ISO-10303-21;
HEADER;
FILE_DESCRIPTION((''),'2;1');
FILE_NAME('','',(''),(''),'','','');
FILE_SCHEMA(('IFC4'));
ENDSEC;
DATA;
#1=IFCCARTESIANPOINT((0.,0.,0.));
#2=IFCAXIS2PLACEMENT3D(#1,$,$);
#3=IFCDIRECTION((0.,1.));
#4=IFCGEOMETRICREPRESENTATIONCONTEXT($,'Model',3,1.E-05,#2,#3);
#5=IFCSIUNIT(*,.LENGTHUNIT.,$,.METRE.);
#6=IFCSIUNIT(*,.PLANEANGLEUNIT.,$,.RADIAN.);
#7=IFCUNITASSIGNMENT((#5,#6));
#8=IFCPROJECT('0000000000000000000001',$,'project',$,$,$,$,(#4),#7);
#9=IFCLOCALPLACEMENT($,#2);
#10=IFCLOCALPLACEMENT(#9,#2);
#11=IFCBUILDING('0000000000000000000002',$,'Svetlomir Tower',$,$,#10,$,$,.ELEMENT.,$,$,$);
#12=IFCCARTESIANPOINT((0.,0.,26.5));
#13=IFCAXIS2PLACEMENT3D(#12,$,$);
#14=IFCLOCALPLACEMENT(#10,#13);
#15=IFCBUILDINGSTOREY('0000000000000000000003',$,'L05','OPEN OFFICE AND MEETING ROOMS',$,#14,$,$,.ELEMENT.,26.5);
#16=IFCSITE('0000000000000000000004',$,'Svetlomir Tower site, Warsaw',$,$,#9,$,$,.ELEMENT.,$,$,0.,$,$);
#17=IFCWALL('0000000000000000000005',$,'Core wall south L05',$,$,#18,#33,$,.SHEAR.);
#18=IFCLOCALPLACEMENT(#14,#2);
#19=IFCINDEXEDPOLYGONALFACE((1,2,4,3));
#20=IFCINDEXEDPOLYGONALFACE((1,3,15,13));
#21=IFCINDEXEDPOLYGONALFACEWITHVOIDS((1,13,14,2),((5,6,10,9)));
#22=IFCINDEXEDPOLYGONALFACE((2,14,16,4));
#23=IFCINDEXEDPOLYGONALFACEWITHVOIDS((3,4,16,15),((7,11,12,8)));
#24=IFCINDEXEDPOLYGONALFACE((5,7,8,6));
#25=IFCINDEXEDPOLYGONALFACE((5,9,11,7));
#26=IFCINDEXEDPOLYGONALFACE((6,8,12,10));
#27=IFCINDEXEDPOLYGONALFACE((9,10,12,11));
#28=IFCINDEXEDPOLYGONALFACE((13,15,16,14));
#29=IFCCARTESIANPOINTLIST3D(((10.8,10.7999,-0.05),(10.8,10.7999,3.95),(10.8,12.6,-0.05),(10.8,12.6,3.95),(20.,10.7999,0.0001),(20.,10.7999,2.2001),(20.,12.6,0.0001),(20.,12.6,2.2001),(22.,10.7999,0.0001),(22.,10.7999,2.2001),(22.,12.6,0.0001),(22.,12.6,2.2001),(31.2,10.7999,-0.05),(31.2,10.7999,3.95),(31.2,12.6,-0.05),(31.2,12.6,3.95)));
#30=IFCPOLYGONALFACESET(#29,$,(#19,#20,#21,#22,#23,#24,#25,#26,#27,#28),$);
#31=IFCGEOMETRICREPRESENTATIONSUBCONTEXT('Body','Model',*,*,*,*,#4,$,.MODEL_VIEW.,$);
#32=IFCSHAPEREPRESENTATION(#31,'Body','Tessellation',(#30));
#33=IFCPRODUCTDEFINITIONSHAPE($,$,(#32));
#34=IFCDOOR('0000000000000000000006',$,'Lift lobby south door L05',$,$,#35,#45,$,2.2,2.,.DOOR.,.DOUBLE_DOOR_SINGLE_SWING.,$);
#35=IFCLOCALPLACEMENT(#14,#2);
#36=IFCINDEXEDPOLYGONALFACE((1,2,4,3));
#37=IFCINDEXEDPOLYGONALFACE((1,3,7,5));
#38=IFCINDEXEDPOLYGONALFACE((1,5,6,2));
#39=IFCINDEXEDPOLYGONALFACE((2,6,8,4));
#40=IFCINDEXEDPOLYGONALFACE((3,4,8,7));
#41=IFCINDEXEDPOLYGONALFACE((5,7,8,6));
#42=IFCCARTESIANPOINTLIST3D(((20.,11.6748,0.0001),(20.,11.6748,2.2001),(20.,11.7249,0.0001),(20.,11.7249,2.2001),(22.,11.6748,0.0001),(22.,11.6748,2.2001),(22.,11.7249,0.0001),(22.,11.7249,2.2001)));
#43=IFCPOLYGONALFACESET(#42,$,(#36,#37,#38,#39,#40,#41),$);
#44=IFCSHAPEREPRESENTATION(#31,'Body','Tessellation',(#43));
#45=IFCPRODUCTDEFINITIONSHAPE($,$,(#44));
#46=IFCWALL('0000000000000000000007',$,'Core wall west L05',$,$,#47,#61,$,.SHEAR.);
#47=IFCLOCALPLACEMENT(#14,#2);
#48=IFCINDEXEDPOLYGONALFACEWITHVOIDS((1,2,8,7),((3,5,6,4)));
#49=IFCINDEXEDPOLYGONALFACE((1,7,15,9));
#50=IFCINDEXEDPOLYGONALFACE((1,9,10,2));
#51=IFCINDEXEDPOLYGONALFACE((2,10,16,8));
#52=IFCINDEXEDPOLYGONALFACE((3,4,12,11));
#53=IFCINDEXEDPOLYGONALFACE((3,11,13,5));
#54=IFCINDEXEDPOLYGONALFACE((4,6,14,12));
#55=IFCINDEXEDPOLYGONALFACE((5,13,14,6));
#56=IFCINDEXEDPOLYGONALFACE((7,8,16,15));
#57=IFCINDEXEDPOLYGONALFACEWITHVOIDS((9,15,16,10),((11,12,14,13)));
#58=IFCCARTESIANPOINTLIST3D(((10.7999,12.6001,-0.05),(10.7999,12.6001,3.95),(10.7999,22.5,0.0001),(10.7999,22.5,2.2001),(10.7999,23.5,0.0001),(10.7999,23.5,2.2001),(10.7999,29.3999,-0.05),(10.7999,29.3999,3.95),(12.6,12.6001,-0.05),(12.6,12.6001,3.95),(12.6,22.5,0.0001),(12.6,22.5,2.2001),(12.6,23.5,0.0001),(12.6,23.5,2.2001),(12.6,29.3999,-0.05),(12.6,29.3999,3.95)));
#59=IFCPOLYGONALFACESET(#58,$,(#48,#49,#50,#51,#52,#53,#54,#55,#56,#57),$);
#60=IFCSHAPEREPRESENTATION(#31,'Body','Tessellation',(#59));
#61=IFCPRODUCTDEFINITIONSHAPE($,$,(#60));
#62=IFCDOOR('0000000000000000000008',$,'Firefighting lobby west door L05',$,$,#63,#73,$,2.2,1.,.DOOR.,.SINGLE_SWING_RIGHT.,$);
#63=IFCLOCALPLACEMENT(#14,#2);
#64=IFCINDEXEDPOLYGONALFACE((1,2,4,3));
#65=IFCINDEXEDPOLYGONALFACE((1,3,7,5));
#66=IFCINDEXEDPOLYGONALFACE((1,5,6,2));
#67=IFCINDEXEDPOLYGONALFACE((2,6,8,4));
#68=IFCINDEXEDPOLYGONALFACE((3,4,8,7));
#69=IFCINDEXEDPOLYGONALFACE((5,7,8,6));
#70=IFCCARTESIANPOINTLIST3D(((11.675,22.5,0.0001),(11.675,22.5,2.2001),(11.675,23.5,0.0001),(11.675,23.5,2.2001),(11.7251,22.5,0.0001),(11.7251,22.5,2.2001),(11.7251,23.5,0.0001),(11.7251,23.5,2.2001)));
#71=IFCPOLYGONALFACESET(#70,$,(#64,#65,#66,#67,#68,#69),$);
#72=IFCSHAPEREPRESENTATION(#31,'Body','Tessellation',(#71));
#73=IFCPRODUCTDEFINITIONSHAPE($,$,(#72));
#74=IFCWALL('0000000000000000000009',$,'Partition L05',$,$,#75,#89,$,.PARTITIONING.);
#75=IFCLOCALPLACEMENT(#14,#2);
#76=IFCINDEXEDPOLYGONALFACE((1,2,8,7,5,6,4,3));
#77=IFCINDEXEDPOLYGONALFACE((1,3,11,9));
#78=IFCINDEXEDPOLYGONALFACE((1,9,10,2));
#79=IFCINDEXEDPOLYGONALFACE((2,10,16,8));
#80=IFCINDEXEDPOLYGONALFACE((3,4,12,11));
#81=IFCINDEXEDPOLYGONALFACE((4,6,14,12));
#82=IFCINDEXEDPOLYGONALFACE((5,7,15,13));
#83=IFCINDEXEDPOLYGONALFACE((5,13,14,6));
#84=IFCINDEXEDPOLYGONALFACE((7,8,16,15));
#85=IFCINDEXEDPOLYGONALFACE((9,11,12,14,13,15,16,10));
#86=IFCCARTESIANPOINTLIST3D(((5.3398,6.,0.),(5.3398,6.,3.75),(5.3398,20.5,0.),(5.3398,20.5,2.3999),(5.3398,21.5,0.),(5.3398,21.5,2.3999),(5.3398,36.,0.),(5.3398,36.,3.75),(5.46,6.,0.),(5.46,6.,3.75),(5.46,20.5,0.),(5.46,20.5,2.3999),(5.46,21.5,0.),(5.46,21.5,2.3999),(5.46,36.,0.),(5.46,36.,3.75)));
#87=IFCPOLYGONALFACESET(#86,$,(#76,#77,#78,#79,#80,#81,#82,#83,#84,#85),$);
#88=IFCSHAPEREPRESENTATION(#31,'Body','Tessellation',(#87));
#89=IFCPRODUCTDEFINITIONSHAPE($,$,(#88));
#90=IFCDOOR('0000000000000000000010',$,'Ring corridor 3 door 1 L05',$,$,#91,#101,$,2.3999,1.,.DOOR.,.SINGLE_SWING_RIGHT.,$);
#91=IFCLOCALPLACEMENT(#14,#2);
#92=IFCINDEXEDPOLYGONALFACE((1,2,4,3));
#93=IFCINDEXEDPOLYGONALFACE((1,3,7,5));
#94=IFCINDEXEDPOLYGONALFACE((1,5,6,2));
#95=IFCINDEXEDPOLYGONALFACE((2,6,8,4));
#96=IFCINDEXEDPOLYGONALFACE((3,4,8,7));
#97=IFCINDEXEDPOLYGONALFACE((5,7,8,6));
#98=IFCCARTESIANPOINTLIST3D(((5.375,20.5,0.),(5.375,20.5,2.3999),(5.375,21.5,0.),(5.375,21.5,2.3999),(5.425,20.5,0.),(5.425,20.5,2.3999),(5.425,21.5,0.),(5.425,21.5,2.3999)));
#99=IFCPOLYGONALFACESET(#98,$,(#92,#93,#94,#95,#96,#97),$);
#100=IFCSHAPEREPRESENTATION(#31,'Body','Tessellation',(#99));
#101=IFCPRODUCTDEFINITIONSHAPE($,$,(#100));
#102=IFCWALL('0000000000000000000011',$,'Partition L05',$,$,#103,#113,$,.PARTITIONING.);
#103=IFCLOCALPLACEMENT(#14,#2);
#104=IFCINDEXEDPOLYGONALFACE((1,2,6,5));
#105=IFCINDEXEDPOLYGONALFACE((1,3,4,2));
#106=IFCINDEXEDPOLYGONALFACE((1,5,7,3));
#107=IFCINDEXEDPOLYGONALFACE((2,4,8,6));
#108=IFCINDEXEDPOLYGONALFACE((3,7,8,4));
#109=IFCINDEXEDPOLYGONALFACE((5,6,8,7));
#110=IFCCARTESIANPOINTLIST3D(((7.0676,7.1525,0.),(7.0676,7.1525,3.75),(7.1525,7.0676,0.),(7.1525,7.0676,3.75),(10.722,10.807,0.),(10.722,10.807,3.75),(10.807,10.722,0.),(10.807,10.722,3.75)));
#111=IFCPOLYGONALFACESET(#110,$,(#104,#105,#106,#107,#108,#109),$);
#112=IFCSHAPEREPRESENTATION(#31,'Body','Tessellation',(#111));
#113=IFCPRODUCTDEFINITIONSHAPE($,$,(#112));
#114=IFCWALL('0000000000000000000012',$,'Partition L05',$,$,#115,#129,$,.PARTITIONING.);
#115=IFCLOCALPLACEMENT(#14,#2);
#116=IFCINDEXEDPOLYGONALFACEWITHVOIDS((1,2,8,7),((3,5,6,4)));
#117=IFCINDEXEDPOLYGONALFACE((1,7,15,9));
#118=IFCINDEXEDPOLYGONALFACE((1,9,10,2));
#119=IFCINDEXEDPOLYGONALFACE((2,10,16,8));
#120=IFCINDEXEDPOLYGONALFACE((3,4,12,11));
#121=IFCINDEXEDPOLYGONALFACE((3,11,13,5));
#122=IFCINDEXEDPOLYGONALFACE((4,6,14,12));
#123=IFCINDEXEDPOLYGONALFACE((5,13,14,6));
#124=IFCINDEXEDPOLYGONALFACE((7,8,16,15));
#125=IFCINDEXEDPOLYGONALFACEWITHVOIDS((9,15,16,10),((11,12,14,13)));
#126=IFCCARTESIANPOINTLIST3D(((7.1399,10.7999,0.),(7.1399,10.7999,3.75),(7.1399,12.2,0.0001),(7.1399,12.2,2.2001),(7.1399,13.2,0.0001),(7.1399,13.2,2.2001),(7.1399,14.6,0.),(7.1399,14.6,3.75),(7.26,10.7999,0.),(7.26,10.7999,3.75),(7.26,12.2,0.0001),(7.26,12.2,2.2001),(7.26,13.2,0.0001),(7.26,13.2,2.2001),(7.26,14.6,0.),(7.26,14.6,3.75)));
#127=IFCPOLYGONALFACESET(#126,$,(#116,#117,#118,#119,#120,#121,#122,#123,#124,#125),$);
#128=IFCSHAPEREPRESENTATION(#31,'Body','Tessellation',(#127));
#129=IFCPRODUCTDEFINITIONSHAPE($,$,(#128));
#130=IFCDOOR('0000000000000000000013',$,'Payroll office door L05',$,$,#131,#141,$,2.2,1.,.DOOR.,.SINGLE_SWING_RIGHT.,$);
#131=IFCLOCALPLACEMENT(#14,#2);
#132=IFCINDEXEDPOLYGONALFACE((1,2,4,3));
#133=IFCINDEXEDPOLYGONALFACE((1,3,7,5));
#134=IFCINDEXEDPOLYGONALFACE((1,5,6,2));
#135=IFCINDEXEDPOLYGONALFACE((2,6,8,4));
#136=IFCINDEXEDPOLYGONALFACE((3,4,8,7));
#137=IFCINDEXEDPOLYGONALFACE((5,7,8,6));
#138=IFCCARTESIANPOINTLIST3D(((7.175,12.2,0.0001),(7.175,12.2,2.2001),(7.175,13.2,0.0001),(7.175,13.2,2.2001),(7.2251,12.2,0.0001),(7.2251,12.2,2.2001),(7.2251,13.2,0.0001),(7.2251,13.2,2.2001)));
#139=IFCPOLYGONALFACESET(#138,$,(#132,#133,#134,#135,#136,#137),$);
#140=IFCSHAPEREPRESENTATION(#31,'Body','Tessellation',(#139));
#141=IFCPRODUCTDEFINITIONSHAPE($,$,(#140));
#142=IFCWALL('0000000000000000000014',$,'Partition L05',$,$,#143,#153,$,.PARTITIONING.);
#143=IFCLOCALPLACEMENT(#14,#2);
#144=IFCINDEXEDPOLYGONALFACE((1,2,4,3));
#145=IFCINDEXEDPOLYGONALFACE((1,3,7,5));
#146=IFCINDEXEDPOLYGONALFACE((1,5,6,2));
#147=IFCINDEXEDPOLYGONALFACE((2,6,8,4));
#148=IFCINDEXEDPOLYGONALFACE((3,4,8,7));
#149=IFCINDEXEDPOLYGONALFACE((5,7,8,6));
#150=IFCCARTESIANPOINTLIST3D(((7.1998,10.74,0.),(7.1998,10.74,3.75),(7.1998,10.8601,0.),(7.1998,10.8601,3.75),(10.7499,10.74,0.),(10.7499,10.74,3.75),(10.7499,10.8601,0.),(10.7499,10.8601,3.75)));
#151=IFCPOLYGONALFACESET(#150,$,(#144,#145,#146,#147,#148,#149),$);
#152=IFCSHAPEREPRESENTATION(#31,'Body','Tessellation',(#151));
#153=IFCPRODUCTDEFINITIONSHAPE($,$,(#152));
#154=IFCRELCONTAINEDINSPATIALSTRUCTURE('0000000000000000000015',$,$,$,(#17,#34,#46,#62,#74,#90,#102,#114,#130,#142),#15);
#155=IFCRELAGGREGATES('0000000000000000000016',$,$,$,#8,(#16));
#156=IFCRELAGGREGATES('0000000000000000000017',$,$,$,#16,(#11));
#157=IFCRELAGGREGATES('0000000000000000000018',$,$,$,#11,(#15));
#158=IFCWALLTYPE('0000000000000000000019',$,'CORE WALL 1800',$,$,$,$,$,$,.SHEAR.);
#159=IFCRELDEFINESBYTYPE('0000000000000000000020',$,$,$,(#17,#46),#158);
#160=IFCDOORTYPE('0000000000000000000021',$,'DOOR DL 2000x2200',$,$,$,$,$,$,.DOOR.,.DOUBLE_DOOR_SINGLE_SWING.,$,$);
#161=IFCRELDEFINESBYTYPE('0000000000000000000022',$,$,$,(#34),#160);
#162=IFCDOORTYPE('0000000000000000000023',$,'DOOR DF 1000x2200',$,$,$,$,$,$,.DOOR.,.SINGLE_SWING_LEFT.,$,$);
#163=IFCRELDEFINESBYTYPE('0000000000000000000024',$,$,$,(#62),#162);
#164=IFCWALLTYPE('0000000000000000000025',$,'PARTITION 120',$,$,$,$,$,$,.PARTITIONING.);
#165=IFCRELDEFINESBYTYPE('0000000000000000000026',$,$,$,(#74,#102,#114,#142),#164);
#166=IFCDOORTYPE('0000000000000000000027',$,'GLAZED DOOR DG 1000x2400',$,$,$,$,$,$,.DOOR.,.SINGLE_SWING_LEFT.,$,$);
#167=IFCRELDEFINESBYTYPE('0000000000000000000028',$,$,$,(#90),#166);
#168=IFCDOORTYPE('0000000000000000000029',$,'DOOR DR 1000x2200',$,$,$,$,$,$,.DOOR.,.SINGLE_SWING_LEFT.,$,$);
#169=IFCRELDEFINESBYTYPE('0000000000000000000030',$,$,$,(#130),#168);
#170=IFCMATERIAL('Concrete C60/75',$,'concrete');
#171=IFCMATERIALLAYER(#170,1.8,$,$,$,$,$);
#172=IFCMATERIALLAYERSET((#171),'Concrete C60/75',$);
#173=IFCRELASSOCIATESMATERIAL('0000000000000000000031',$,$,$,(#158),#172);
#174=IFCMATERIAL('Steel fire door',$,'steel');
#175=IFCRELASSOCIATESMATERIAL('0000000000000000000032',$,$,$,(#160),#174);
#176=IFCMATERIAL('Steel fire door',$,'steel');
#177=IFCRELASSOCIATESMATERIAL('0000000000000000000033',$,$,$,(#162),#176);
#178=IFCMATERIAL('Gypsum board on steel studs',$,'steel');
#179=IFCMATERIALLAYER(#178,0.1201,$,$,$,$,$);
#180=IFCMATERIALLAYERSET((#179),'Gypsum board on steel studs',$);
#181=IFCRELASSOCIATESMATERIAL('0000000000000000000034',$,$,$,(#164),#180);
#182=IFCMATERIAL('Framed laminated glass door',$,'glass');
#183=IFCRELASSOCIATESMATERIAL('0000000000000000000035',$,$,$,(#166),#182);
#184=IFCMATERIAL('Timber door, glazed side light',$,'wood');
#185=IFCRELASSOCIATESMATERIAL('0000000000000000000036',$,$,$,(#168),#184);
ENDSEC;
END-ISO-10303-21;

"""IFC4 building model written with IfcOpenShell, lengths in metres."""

from ifc_helpers import new_model, si_unit, direction, frame, frame_2d, origin, place, context, subcontext, project, spatial, rectangle, extrude, material, layer, layer_set, type_object, element, fill, save


model = new_model("IFC4")

# Units and contexts
model_context = context("Model", 3, precision=1e-05, world=origin(), true_north=direction((0.0, 1.0)))
body_context = subcontext(model_context, "Body", "Model", "MODEL_VIEW")
ifc_project = project(units=[si_unit("LENGTHUNIT", "METRE"), si_unit("PLANEANGLEUNIT", "RADIAN")], contexts=[model_context])

# Site, building, storey
site_placement = place(None, origin())
site = spatial("IfcSite", under=ifc_project, at=site_placement, Name="Svetlomir Tower site, Warsaw", CompositionType="ELEMENT", RefElevation=0.0)
building_placement = place(site_placement, origin())
building = spatial("IfcBuilding", under=site, at=building_placement, Name="Svetlomir Tower", CompositionType="ELEMENT")
storey_placement = place(building_placement, frame((0.0, 0.0, 26.5)))
storey = spatial("IfcBuildingStorey", under=building, at=storey_placement, Name="L05", Description="OPEN OFFICE AND MEETING ROOMS", CompositionType="ELEMENT", Elevation=26.5)

# Walls, openings, doors
ifc_material_1 = material(Name="Concrete C60/75", Category="concrete")
ifc_layer_1 = layer(ifc_material_1, 1.8)
ifc_layer_set_1 = layer_set([ifc_layer_1], Name="Concrete C60/75")
wall_type_1 = type_object("IfcWallType", Name="CORE WALL 1800", PredefinedType="SHEAR", material=ifc_layer_set_1)
wall_1_placement = place(storey_placement, frame((10.8, 11.7, -0.05), z_axis=(0.0, 0.0, 1.0), x_axis=(1.0, 0.0, 0.0)))
wall_1 = element("IfcWall", 1, at=wall_1_placement, inside=storey, type_object=wall_type_1, Name="Core wall south L05", PredefinedType="SHEAR", context=body_context, shape_type="SweptSolid", body=[
    extrude(rectangle(XDim=20.3999, YDim=1.8, at=frame_2d((10.2, 0.0))), origin(), (0.0, 0.0, 1.0), 4.0),
])
opening_1_placement = place(wall_1_placement, frame((9.2, 0.0, 0.05)))
opening_1 = element("IfcOpeningElement", 2, at=opening_1_placement, cuts=wall_1, PredefinedType="OPENING", context=body_context, shape_type="SweptSolid", body=[
    extrude(rectangle(XDim=2.0, YDim=2.2, at=frame_2d((1.0, 1.1001))), frame((0.0, 0.9102, 0.0), z_axis=(0.0, -1.0, 0.0), x_axis=(1.0, 0.0, 0.0)), (0.0, 0.0, 1.0), 1.8201),
])
ifc_material_2 = material(Name="Steel fire door", Category="steel")
door_type_1 = type_object("IfcDoorType", Name="DOOR DL 2000x2200", OperationType="DOUBLE_DOOR_SINGLE_SWING", PredefinedType="DOOR", material=ifc_material_2)
door_1_placement = place(opening_1_placement, origin())
door_1 = element("IfcDoor", 3, at=door_1_placement, inside=storey, type_object=door_type_1, Name="Lift lobby south door L05", OperationType="DOUBLE_DOOR_SINGLE_SWING", OverallHeight=2.2, OverallWidth=2.0, PredefinedType="DOOR", context=body_context, shape_type="SweptSolid", body=[
    extrude(rectangle(XDim=2.0, YDim=2.2, at=frame_2d((1.0, 1.1001))), frame((0.0, 0.0249, 0.0), z_axis=(0.0, -1.0, 0.0), x_axis=(1.0, 0.0, 0.0)), (0.0, 0.0, 1.0), 0.05),
])
fill(opening_1, door_1)
wall_2_placement = place(storey_placement, frame((11.7, 12.6001, -0.05), z_axis=(0.0, 0.0, 1.0), x_axis=(0.0, 1.0, 0.0)))
wall_2 = element("IfcWall", 4, at=wall_2_placement, inside=storey, type_object=wall_type_1, Name="Core wall west L05", PredefinedType="SHEAR", context=body_context, shape_type="SweptSolid", body=[
    extrude(rectangle(XDim=16.7998, YDim=1.8, at=frame_2d((8.3999, 0.0))), origin(), (0.0, 0.0, 1.0), 4.0),
])
opening_2_placement = place(wall_2_placement, frame((9.8999, 0.0, 0.05)))
opening_2 = element("IfcOpeningElement", 5, at=opening_2_placement, cuts=wall_2, PredefinedType="OPENING", context=body_context, shape_type="SweptSolid", body=[
    extrude(rectangle(XDim=1.0, YDim=2.2, at=frame_2d((0.5, 1.1001))), frame((0.0, 0.9102, 0.0), z_axis=(0.0, -1.0, 0.0), x_axis=(1.0, 0.0, 0.0)), (0.0, 0.0, 1.0), 1.8201),
])
ifc_material_3 = material(Name="Steel fire door", Category="steel")
door_type_2 = type_object("IfcDoorType", Name="DOOR DF 1000x2200", OperationType="SINGLE_SWING_LEFT", PredefinedType="DOOR", material=ifc_material_3)
door_2_placement = place(opening_2_placement, origin())
door_2 = element("IfcDoor", 6, at=door_2_placement, inside=storey, type_object=door_type_2, Name="Firefighting lobby west door L05", OperationType="SINGLE_SWING_RIGHT", OverallHeight=2.2, OverallWidth=1.0, PredefinedType="DOOR", context=body_context, shape_type="SweptSolid", body=[
    extrude(rectangle(XDim=1.0, YDim=2.2, at=frame_2d((0.5, 1.1001))), frame((0.0, 0.0249, 0.0), z_axis=(0.0, -1.0, 0.0), x_axis=(1.0, 0.0, 0.0)), (0.0, 0.0, 1.0), 0.05),
])
fill(opening_2, door_2)
ifc_material_4 = material(Name="Gypsum board on steel studs", Category="steel")
ifc_layer_2 = layer(ifc_material_4, 0.1201)
ifc_layer_set_2 = layer_set([ifc_layer_2], Name="Gypsum board on steel studs")
wall_type_2 = type_object("IfcWallType", Name="PARTITION 120", PredefinedType="PARTITIONING", material=ifc_layer_set_2)
wall_3_placement = place(storey_placement, frame((5.3999, 6.0, 0.0), z_axis=(0.0, 0.0, 1.0), x_axis=(0.0, 1.0, 0.0)))
wall_3 = element("IfcWall", 7, at=wall_3_placement, inside=storey, type_object=wall_type_2, Name="Partition L05", PredefinedType="PARTITIONING", context=body_context, shape_type="SweptSolid", body=[
    extrude(rectangle(XDim=30.0, YDim=0.1201, at=frame_2d((15.0, 0.0))), origin(), (0.0, 0.0, 1.0), 3.75),
])
opening_3_placement = place(wall_3_placement, frame((14.5, 0.0, 0.0)))
opening_3 = element("IfcOpeningElement", 8, at=opening_3_placement, cuts=wall_3, PredefinedType="OPENING", context=body_context, shape_type="SweptSolid", body=[
    extrude(rectangle(XDim=1.0, YDim=2.3999, at=frame_2d((0.5, 1.2))), frame((0.0, 0.0701, 0.0), z_axis=(0.0, -1.0, 0.0), x_axis=(1.0, 0.0, 0.0)), (0.0, 0.0, 1.0), 0.1401),
])
ifc_material_5 = material(Name="Framed laminated glass door", Category="glass")
door_type_3 = type_object("IfcDoorType", Name="GLAZED DOOR DG 1000x2400", OperationType="SINGLE_SWING_LEFT", PredefinedType="DOOR", material=ifc_material_5)
door_3_placement = place(opening_3_placement, origin())
door_3 = element("IfcDoor", 9, at=door_3_placement, inside=storey, type_object=door_type_3, Name="Ring corridor 3 door 1 L05", OperationType="SINGLE_SWING_RIGHT", OverallHeight=2.3999, OverallWidth=1.0, PredefinedType="DOOR", context=body_context, shape_type="SweptSolid", body=[
    extrude(rectangle(XDim=1.0, YDim=2.3999, at=frame_2d((0.5, 1.2))), frame((0.0, 0.0249, 0.0), z_axis=(0.0, -1.0, 0.0), x_axis=(1.0, 0.0, 0.0)), (0.0, 0.0, 1.0), 0.05),
])
fill(opening_3, door_3)

# Wall
wall_4_placement = place(storey_placement, frame((7.1101, 7.1101, 0.0), z_axis=(0.0, 0.0, 1.0), x_axis=(0.707107, 0.707107, 0.0)))
element("IfcWall", 10, at=wall_4_placement, inside=storey, type_object=wall_type_2, Name="Partition L05", PredefinedType="PARTITIONING", context=body_context, shape_type="SweptSolid", body=[
    extrude(rectangle(XDim=5.1682, YDim=0.1201, at=frame_2d((2.584, 0.0))), origin(), (0.0, 0.0, 1.0), 3.75),
])

# Wall, opening, door
wall_5_placement = place(storey_placement, frame((7.2, 10.8, 0.0), z_axis=(0.0, 0.0, 1.0), x_axis=(0.0, 1.0, 0.0)))
wall_5 = element("IfcWall", 11, at=wall_5_placement, inside=storey, type_object=wall_type_2, Name="Partition L05", PredefinedType="PARTITIONING", context=body_context, shape_type="SweptSolid", body=[
    extrude(rectangle(XDim=3.8, YDim=0.1201, at=frame_2d((1.8999, 0.0))), origin(), (0.0, 0.0, 1.0), 3.75),
])
opening_4_placement = place(wall_5_placement, frame((1.3999, 0.0, 0.0)))
opening_4 = element("IfcOpeningElement", 12, at=opening_4_placement, cuts=wall_5, PredefinedType="OPENING", context=body_context, shape_type="SweptSolid", body=[
    extrude(rectangle(XDim=1.0, YDim=2.2, at=frame_2d((0.5, 1.1001))), frame((0.0, 0.0701, 0.0), z_axis=(0.0, -1.0, 0.0), x_axis=(1.0, 0.0, 0.0)), (0.0, 0.0, 1.0), 0.1401),
])
ifc_material_6 = material(Name="Timber door, glazed side light", Category="wood")
door_type_4 = type_object("IfcDoorType", Name="DOOR DR 1000x2200", OperationType="SINGLE_SWING_LEFT", PredefinedType="DOOR", material=ifc_material_6)
door_4_placement = place(opening_4_placement, origin())
door_4 = element("IfcDoor", 13, at=door_4_placement, inside=storey, type_object=door_type_4, Name="Payroll office door L05", OperationType="SINGLE_SWING_RIGHT", OverallHeight=2.2, OverallWidth=1.0, PredefinedType="DOOR", context=body_context, shape_type="SweptSolid", body=[
    extrude(rectangle(XDim=1.0, YDim=2.2, at=frame_2d((0.5, 1.1001))), frame((0.0, 0.0249, 0.0), z_axis=(0.0, -1.0, 0.0), x_axis=(1.0, 0.0, 0.0)), (0.0, 0.0, 1.0), 0.05),
])
fill(opening_4, door_4)

# Wall
wall_6_placement = place(storey_placement, frame((7.2, 10.8, 0.0), z_axis=(0.0, 0.0, 1.0), x_axis=(1.0, 0.0, 0.0)))
element("IfcWall", 14, at=wall_6_placement, inside=storey, type_object=wall_type_2, Name="Partition L05", PredefinedType="PARTITIONING", context=body_context, shape_type="SweptSolid", body=[
    extrude(rectangle(XDim=3.55, YDim=0.1201, at=frame_2d((1.7749, 0.0))), origin(), (0.0, 0.0, 1.0), 3.75),
])

save(model, "model.ifc")
